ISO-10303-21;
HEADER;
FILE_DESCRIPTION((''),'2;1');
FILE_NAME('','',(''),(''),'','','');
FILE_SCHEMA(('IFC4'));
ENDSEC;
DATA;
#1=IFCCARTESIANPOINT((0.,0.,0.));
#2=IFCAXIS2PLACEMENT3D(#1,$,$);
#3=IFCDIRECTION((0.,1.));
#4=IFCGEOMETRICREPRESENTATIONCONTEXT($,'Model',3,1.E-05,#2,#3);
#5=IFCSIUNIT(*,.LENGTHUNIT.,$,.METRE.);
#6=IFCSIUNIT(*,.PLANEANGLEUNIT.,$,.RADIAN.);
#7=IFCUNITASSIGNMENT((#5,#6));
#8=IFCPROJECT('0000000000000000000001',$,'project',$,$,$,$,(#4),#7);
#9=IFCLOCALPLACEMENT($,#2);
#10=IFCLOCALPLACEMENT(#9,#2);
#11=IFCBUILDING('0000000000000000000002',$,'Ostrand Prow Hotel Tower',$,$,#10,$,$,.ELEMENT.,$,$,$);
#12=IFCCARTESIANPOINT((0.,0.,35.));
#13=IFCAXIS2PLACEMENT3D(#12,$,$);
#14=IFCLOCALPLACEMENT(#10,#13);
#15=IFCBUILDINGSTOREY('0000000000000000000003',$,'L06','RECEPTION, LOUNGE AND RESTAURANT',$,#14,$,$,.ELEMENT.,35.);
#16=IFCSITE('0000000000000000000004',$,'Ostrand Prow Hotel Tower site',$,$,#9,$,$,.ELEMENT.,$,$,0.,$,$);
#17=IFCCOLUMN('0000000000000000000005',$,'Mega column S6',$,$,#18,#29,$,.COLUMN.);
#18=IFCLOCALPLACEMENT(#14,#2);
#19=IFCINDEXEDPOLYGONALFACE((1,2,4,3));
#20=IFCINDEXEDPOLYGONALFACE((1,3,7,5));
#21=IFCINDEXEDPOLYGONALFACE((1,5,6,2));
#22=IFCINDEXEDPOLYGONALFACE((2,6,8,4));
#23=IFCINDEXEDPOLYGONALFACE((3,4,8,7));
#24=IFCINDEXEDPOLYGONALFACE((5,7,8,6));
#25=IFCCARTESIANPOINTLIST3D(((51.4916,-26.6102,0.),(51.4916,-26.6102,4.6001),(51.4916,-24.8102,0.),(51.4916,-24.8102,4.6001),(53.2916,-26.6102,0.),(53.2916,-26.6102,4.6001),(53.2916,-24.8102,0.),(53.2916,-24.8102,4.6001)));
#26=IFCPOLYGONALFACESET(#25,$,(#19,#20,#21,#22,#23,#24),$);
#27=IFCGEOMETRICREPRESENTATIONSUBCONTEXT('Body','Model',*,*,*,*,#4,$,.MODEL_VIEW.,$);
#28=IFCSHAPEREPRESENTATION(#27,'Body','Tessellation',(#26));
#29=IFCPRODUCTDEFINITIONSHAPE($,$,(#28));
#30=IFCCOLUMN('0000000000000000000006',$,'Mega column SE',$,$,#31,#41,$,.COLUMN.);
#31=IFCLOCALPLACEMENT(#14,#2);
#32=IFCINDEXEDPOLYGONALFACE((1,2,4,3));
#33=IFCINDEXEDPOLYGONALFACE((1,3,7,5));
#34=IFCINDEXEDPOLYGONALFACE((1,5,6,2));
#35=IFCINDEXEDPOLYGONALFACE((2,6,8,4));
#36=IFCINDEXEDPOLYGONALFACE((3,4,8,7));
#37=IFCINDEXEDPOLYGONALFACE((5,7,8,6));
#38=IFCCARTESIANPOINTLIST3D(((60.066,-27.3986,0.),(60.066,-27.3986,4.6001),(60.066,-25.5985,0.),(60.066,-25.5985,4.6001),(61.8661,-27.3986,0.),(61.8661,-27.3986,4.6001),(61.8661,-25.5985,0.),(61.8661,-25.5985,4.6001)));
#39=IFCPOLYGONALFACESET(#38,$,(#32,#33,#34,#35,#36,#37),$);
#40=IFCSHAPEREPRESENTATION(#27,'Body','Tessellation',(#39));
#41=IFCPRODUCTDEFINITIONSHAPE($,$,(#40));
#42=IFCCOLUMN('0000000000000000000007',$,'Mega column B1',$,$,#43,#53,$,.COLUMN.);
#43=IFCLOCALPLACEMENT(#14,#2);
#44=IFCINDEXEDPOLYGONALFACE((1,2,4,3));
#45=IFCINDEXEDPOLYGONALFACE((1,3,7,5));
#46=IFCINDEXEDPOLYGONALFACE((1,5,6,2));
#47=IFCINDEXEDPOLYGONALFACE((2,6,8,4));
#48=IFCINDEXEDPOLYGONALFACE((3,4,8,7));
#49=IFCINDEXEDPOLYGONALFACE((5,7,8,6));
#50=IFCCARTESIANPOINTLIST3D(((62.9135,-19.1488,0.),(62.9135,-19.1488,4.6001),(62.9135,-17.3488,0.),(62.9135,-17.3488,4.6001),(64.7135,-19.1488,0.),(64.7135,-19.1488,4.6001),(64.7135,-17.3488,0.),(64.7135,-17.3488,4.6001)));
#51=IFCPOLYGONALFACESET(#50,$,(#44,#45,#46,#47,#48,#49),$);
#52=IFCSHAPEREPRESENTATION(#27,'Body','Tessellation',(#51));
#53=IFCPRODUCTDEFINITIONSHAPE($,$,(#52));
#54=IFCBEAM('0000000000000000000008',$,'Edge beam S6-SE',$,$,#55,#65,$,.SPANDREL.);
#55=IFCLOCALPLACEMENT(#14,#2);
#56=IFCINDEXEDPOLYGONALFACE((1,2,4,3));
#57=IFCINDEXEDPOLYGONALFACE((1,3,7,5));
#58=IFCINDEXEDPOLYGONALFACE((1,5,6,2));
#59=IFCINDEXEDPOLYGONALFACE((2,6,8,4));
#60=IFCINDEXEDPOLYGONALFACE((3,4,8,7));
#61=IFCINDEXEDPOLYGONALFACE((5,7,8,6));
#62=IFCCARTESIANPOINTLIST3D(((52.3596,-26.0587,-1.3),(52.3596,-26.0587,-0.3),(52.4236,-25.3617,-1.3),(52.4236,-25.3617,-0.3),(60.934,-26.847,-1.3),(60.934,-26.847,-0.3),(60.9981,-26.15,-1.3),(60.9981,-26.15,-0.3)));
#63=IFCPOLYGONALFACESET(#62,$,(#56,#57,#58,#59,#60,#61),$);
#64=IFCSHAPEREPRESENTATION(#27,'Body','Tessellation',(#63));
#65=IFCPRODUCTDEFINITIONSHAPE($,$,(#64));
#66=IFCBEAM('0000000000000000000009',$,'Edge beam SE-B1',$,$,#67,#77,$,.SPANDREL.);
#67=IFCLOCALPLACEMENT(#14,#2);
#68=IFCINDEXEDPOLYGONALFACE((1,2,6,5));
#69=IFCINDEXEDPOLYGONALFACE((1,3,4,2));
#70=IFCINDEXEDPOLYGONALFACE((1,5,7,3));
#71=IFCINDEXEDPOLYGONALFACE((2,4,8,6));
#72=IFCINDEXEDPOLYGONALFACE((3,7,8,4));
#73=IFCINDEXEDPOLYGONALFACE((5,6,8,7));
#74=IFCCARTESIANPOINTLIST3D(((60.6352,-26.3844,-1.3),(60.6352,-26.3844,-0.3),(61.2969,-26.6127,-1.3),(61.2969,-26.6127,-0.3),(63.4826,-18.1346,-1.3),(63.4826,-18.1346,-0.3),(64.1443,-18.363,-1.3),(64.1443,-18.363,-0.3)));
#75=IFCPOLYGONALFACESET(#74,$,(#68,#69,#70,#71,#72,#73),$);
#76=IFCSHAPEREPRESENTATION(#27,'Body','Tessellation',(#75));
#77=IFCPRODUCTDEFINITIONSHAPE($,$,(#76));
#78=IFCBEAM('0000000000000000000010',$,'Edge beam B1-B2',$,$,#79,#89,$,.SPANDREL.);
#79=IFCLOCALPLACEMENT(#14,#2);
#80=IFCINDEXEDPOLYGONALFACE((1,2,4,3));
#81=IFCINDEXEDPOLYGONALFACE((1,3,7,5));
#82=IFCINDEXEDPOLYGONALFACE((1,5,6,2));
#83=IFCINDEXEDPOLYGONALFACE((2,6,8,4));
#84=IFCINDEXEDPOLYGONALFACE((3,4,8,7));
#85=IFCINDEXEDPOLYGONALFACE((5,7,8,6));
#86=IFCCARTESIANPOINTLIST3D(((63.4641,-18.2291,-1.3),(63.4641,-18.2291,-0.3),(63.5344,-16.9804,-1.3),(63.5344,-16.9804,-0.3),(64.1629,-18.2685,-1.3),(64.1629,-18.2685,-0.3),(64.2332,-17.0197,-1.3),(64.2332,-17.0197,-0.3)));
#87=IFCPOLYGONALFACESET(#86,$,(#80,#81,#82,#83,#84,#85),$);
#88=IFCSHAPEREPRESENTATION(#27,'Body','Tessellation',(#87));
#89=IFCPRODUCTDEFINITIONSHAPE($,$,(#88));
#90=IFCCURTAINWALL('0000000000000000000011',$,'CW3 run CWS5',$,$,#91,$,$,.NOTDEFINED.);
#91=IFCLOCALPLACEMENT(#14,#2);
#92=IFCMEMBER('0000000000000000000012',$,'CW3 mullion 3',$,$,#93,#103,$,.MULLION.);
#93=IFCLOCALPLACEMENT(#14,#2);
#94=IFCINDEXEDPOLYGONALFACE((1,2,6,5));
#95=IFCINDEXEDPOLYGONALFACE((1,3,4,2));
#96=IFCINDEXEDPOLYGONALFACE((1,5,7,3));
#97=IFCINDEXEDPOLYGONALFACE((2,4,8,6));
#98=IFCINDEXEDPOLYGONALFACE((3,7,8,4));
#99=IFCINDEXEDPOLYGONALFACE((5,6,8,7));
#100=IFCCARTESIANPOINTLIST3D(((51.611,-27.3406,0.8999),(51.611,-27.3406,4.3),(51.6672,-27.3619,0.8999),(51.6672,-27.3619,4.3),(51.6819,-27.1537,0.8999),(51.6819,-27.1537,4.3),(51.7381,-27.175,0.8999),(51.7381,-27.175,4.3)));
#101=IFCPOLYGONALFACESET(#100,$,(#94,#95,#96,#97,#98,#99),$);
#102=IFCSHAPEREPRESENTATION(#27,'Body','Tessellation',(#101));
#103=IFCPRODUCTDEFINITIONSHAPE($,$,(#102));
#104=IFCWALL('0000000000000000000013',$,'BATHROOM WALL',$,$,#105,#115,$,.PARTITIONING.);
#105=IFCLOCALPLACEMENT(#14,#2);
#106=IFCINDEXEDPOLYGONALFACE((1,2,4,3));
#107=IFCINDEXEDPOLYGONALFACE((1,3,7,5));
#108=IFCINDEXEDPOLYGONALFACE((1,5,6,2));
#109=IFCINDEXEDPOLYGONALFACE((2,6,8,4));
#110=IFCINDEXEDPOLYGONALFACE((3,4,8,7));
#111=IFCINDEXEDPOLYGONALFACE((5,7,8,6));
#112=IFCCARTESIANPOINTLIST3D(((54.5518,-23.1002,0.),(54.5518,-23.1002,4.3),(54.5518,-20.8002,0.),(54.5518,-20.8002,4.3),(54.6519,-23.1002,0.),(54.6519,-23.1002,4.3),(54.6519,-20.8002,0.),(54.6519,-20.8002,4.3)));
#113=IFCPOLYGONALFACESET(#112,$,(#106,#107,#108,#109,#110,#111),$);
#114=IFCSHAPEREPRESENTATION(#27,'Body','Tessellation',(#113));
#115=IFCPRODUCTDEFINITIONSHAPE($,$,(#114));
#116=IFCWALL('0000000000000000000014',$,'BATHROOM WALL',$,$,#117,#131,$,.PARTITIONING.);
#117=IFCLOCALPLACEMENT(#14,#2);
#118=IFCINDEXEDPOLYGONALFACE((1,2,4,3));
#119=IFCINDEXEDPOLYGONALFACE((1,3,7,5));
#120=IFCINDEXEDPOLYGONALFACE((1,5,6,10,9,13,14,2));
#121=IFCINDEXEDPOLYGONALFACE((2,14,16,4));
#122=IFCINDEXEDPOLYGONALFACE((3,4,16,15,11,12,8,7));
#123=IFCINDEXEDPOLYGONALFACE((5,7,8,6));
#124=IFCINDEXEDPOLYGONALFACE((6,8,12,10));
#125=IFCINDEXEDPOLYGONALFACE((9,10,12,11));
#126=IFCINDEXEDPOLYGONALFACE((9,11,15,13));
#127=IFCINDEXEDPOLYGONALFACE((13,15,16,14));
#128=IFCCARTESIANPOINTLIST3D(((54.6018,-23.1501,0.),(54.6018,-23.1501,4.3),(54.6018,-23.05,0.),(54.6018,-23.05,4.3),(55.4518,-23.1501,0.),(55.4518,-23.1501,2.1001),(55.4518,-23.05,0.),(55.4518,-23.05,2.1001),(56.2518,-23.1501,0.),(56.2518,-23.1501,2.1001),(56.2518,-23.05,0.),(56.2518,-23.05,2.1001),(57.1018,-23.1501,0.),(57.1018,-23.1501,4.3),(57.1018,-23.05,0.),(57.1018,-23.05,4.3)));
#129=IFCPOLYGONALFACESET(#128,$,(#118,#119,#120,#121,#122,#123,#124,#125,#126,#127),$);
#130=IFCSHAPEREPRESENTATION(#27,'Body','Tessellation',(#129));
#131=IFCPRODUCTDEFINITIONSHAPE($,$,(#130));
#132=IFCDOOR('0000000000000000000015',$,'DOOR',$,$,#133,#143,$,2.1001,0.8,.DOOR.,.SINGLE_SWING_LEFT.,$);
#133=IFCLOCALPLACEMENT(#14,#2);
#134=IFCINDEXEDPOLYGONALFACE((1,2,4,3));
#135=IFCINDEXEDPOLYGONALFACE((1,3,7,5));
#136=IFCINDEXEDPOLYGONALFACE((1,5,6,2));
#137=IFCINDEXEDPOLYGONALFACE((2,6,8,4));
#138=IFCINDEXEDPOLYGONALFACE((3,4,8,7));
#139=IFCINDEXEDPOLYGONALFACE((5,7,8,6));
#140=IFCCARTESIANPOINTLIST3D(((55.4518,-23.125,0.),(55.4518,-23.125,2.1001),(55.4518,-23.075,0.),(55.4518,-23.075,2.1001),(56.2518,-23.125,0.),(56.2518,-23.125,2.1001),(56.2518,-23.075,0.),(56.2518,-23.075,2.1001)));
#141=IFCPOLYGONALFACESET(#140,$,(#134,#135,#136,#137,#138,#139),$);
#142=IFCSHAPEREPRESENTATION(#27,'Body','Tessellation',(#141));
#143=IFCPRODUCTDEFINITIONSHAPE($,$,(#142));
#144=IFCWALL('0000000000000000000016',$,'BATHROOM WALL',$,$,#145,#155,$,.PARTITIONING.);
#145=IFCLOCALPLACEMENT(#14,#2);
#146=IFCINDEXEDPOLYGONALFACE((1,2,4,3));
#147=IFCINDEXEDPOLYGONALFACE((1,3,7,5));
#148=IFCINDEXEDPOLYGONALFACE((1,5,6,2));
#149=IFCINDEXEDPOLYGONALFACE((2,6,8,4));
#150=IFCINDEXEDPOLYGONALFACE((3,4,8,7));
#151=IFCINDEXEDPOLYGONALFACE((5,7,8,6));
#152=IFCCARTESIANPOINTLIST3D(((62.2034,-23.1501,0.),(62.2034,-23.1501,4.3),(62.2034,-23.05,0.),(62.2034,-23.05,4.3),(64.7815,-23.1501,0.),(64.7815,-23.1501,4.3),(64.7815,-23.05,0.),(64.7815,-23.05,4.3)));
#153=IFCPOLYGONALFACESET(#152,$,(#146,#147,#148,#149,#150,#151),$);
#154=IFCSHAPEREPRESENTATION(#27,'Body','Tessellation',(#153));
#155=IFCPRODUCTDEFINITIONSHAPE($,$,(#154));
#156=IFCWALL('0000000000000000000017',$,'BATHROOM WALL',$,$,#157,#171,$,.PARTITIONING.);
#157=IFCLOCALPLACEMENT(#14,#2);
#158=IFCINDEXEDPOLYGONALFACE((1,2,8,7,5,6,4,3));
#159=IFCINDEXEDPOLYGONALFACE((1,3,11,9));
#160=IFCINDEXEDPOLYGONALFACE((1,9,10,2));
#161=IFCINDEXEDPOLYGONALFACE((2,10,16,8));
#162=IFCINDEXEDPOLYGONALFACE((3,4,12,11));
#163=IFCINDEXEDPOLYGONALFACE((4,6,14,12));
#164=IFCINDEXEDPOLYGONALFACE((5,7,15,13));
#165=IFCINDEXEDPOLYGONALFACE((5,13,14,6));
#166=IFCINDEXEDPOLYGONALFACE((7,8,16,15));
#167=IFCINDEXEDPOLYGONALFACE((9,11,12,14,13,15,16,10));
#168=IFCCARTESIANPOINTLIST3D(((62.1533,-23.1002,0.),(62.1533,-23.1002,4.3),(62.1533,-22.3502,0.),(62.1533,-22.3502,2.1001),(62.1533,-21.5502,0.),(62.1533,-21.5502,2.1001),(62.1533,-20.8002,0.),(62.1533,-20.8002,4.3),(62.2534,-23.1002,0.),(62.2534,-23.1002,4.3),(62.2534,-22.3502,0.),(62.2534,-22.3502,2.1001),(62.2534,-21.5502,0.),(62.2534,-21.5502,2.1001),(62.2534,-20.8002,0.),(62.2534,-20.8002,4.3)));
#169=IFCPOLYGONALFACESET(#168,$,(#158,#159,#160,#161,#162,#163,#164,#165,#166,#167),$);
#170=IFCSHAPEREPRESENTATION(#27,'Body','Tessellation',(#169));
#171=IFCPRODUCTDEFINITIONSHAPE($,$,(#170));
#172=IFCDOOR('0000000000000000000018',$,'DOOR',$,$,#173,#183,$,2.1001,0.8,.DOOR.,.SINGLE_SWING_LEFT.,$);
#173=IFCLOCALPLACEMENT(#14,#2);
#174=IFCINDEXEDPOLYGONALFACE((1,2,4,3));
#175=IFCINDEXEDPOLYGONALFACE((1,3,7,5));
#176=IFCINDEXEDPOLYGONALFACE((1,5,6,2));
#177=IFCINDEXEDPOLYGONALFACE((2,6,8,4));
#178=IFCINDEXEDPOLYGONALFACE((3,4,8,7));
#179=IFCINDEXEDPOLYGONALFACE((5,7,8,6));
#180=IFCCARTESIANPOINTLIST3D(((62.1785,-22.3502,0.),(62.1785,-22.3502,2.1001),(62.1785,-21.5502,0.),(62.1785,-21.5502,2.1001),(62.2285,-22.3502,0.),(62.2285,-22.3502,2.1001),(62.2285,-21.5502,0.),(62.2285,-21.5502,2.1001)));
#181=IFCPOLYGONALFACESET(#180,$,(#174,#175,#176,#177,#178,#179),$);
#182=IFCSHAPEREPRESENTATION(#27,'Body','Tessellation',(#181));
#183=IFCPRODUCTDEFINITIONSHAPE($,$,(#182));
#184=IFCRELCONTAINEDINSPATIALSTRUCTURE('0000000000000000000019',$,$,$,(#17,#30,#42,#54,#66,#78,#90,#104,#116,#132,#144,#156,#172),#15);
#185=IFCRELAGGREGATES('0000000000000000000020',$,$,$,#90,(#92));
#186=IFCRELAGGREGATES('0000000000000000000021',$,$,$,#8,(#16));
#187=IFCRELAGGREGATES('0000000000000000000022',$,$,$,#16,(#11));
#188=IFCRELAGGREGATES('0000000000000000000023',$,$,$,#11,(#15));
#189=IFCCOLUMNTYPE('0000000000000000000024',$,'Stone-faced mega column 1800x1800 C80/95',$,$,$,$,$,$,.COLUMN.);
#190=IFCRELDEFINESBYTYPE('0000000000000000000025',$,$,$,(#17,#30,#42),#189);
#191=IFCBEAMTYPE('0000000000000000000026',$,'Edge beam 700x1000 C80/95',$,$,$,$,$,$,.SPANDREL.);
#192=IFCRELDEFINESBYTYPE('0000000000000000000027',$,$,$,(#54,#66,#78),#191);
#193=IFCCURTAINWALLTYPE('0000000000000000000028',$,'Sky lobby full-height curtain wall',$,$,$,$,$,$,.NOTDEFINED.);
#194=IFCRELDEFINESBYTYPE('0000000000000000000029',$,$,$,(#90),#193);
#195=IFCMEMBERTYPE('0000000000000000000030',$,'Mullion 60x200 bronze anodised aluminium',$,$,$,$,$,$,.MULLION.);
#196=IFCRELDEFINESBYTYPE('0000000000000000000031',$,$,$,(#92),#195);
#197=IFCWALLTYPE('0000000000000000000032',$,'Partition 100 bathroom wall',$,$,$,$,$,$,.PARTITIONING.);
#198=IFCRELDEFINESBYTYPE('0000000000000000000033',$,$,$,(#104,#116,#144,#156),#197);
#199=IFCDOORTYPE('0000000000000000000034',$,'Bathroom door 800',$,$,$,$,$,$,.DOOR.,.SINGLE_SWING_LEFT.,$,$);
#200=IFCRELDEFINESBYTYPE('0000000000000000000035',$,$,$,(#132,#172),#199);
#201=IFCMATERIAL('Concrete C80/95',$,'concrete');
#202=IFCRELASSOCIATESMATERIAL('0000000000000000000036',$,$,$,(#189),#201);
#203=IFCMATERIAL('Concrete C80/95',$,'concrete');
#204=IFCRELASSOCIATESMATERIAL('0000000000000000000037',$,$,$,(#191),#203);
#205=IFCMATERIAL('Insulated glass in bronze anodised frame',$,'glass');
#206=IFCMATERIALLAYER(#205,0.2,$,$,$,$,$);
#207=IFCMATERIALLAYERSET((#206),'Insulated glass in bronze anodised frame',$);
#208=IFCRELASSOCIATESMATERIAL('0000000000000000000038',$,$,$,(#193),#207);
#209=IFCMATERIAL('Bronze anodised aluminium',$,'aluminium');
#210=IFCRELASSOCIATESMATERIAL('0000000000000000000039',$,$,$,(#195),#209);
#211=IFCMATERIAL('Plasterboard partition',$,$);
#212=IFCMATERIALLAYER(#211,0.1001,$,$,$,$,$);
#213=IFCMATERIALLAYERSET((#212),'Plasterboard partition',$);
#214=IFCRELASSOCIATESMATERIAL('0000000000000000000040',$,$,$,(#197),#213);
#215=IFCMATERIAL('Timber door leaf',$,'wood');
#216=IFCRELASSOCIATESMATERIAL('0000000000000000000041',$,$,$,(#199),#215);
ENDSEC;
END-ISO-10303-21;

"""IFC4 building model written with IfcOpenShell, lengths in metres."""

from ifc_helpers import new_model, si_unit, direction, frame, frame_2d, origin, origin_2d, place, context, subcontext, project, spatial, rectangle, extrude, material, layer, layer_set, material_profile, profile_set, type_object, element, fill, aggregate, save


model = new_model("IFC4")

# Units and contexts
model_context = context("Model", 3, precision=1e-05, world=origin(), true_north=direction((0.0, 1.0)))
body_context = subcontext(model_context, "Body", "Model", "MODEL_VIEW")
ifc_project = project(units=[si_unit("LENGTHUNIT", "METRE"), si_unit("PLANEANGLEUNIT", "RADIAN")], contexts=[model_context])

# Site, building, storey
site_placement = place(None, origin())
site = spatial("IfcSite", under=ifc_project, at=site_placement, Name="Ostrand Prow Hotel Tower site", CompositionType="ELEMENT", RefElevation=0.0)
building_placement = place(site_placement, origin())
building = spatial("IfcBuilding", under=site, at=building_placement, Name="Ostrand Prow Hotel Tower", CompositionType="ELEMENT")
storey_placement = place(building_placement, frame((0.0, 0.0, 35.0)))
storey = spatial("IfcBuildingStorey", under=building, at=storey_placement, Name="L06", Description="RECEPTION, LOUNGE AND RESTAURANT", CompositionType="ELEMENT", Elevation=35.0)

# Columns
ifc_material_1 = material(Name="Concrete C80/95", Category="concrete")
ifc_material_profile_1 = material_profile(ifc_material_1, rectangle(XDim=1.8, YDim=1.8, at=origin_2d()), Name="RC 1800x1800")
ifc_profile_set_1 = profile_set([ifc_material_profile_1], Name="Concrete C80/95")
column_type = type_object("IfcColumnType", Name="Stone-faced mega column 1800x1800 C80/95", PredefinedType="COLUMN", material=ifc_profile_set_1)
for number, where, z_axis, x_axis, name in (
    (1, (52.3916, -25.7102, 0.0), (0.0, 0.0, 1.0), (1.0, 0.0, 0.0), "Mega column S6"),
    (2, (60.9661, -26.4985, 0.0), (0.0, 0.0, 1.0), (1.0, 0.0, 0.0), "Mega column SE"),
    (3, (63.8135, -18.2488, 0.0), (0.0, 0.0, 1.0), (1.0, 0.0, 0.0), "Mega column B1"),
):
    element("IfcColumn", number, at=place(storey_placement, frame(where, z_axis=z_axis, x_axis=x_axis)), inside=storey, type_object=column_type, Name=name, PredefinedType="COLUMN", context=body_context, shape_type="SweptSolid", body=[
        extrude(rectangle(XDim=1.8, YDim=1.8, at=origin_2d()), origin(), (0.0, 0.0, 1.0), 4.6001),
    ])

# Beams
ifc_material_2 = material(Name="Concrete C80/95", Category="concrete")
ifc_material_profile_2 = material_profile(ifc_material_2, rectangle(XDim=0.7, YDim=1.0, at=origin_2d()), Name="RC 700x1000")
ifc_profile_set_2 = profile_set([ifc_material_profile_2], Name="Concrete C80/95")
beam_type = type_object("IfcBeamType", Name="Edge beam 700x1000 C80/95", PredefinedType="SPANDREL", material=ifc_profile_set_2)
beam_1_placement = place(storey_placement, frame((52.3916, -25.7102, -0.8), z_axis=(0.9958, -0.091553, 0.0), x_axis=(0.091553, 0.9958, 0.0)))
element("IfcBeam", 4, at=beam_1_placement, inside=storey, type_object=beam_type, Name="Edge beam S6-SE", PredefinedType="SPANDREL", context=body_context, shape_type="SweptSolid", body=[
    extrude(rectangle(XDim=0.7, YDim=1.0, at=origin_2d()), origin(), (0.0, 0.0, 1.0), 8.6106),
])
beam_2_placement = place(storey_placement, frame((60.9661, -26.4985, -0.8), z_axis=(0.326264, 0.945279, 0.0), x_axis=(-0.945279, 0.326264, 0.0)))
element("IfcBeam", 5, at=beam_2_placement, inside=storey, type_object=beam_type, Name="Edge beam SE-B1", PredefinedType="SPANDREL", context=body_context, shape_type="SweptSolid", body=[
    extrude(rectangle(XDim=0.7, YDim=1.0, at=origin_2d()), origin(), (0.0, 0.0, 1.0), 8.7273),
])
beam_3_placement = place(storey_placement, frame((63.8135, -18.2488, -0.8), z_axis=(0.056216, 0.998419, 0.0), x_axis=(-0.998419, 0.056216, 0.0)))
element("IfcBeam", 6, at=beam_3_placement, inside=storey, type_object=beam_type, Name="Edge beam B1-B2", PredefinedType="SPANDREL", context=body_context, shape_type="SweptSolid", body=[
    extrude(rectangle(XDim=0.7, YDim=1.0, at=origin_2d()), origin(), (0.0, 0.0, 1.0), 1.2507),
])

# Curtain wall, member
ifc_material_3 = material(Name="Insulated glass in bronze anodised frame", Category="glass")
ifc_layer_1 = layer(ifc_material_3, 0.2)
ifc_layer_set_1 = layer_set([ifc_layer_1], Name="Insulated glass in bronze anodised frame")
curtain_wall_type = type_object("IfcCurtainWallType", Name="Sky lobby full-height curtain wall", PredefinedType="NOTDEFINED", material=ifc_layer_set_1)
curtain_wall_placement = place(storey_placement, origin())
curtain_wall = element("IfcCurtainWall", 7, at=curtain_wall_placement, inside=storey, type_object=curtain_wall_type, Name="CW3 run CWS5", PredefinedType="NOTDEFINED")
ifc_material_4 = material(Name="Bronze anodised aluminium", Category="aluminium")
ifc_material_profile_3 = material_profile(ifc_material_4, rectangle(XDim=0.2, YDim=0.0601, at=origin_2d()), Name="Mullion 60x200 bronze anodised aluminium")
ifc_profile_set_3 = profile_set([ifc_material_profile_3], Name="Bronze anodised aluminium")
member_type = type_object("IfcMemberType", Name="Mullion 60x200 bronze anodised aluminium", PredefinedType="MULLION", material=ifc_profile_set_3)
member_placement = place(storey_placement, frame((51.6746, -27.2578, 0.8999), z_axis=(0.0, 0.0, 1.0), x_axis=(0.354728, 0.934969, 0.0)))
member = element("IfcMember", 8, at=member_placement, type_object=member_type, Name="CW3 mullion 3", PredefinedType="MULLION", context=body_context, shape_type="SweptSolid", body=[
    extrude(rectangle(XDim=0.2, YDim=0.0601, at=origin_2d()), origin(), (0.0, 0.0, 1.0), 3.4001),
])
aggregate(curtain_wall, [member])

# Wall
ifc_material_5 = material(Name="Plasterboard partition")
ifc_layer_2 = layer(ifc_material_5, 0.1001)
ifc_layer_set_2 = layer_set([ifc_layer_2], Name="Plasterboard partition")
wall_type_1 = type_object("IfcWallType", Name="Partition 100 bathroom wall", PredefinedType="PARTITIONING", material=ifc_layer_set_2)
wall_1_placement = place(storey_placement, frame((54.6018, -23.1001, 0.0), z_axis=(0.0, 0.0, 1.0), x_axis=(0.0, 1.0, 0.0)))
element("IfcWall", 9, at=wall_1_placement, inside=storey, type_object=wall_type_1, Name="BATHROOM WALL", PredefinedType="PARTITIONING", context=body_context, shape_type="SweptSolid", body=[
    extrude(rectangle(XDim=2.3, YDim=0.1001, at=frame_2d((1.1499, 0.0))), origin(), (0.0, 0.0, 1.0), 4.3),
])

# Wall, opening, door
wall_2_placement = place(storey_placement, frame((57.1018, -23.1001, 0.0), z_axis=(0.0, 0.0, 1.0), x_axis=(-1.0, 0.0, 0.0)))
wall_2 = element("IfcWall", 10, at=wall_2_placement, inside=storey, type_object=wall_type_1, Name="BATHROOM WALL", PredefinedType="PARTITIONING", context=body_context, shape_type="SweptSolid", body=[
    extrude(rectangle(XDim=2.5, YDim=0.1001, at=frame_2d((1.25, 0.0))), origin(), (0.0, 0.0, 1.0), 4.3),
])
opening_1_placement = place(wall_2_placement, frame((0.8501, 0.0, 0.0)))
opening_1 = element("IfcOpeningElement", 11, at=opening_1_placement, cuts=wall_2, PredefinedType="OPENING", context=body_context, shape_type="SweptSolid", body=[
    extrude(rectangle(XDim=0.8, YDim=2.1001, at=frame_2d((0.3999, 1.05))), frame((0.0, 0.0601, 0.0), z_axis=(0.0, -1.0, 0.0), x_axis=(1.0, 0.0, 0.0)), (0.0, 0.0, 1.0), 0.1201),
])
ifc_material_6 = material(Name="Timber door leaf", Category="wood")
door_type_1 = type_object("IfcDoorType", Name="Bathroom door 800", OperationType="SINGLE_SWING_LEFT", PredefinedType="DOOR", material=ifc_material_6)
door_1_placement = place(opening_1_placement, origin())
door_1 = element("IfcDoor", 12, at=door_1_placement, inside=storey, type_object=door_type_1, Name="DOOR", OperationType="SINGLE_SWING_LEFT", OverallHeight=2.1001, OverallWidth=0.8, PredefinedType="DOOR", context=body_context, shape_type="SweptSolid", body=[
    extrude(rectangle(XDim=0.8, YDim=2.1001, at=frame_2d((0.3999, 1.05))), frame((0.0, 0.0249, 0.0), z_axis=(0.0, -1.0, 0.0), x_axis=(1.0, 0.0, 0.0)), (0.0, 0.0, 1.0), 0.05),
])
fill(opening_1, door_1)

# Wall
wall_3_placement = place(storey_placement, frame((64.7815, -23.1001, 0.0), z_axis=(0.0, 0.0, 1.0), x_axis=(-1.0, 0.0, 0.0)))
element("IfcWall", 13, at=wall_3_placement, inside=storey, type_object=wall_type_1, Name="BATHROOM WALL", PredefinedType="PARTITIONING", context=body_context, shape_type="SweptSolid", body=[
    extrude(rectangle(XDim=2.5781, YDim=0.1001, at=frame_2d((1.2891, 0.0))), origin(), (0.0, 0.0, 1.0), 4.3),
])

# Wall, opening, door
wall_4_placement = place(storey_placement, frame((62.2034, -23.1001, 0.0), z_axis=(0.0, 0.0, 1.0), x_axis=(0.0, 1.0, 0.0)))
wall_4 = element("IfcWall", 14, at=wall_4_placement, inside=storey, type_object=wall_type_1, Name="BATHROOM WALL", PredefinedType="PARTITIONING", context=body_context, shape_type="SweptSolid", body=[
    extrude(rectangle(XDim=2.3, YDim=0.1001, at=frame_2d((1.1499, 0.0))), origin(), (0.0, 0.0, 1.0), 4.3),
])
opening_2_placement = place(wall_4_placement, frame((0.75, 0.0, 0.0)))
opening_2 = element("IfcOpeningElement", 15, at=opening_2_placement, cuts=wall_4, PredefinedType="OPENING", context=body_context, shape_type="SweptSolid", body=[
    extrude(rectangle(XDim=0.8, YDim=2.1001, at=frame_2d((0.3999, 1.05))), frame((0.0, 0.0601, 0.0), z_axis=(0.0, -1.0, 0.0), x_axis=(1.0, 0.0, 0.0)), (0.0, 0.0, 1.0), 0.1201),
])
door_2_placement = place(opening_2_placement, origin())
door_2 = element("IfcDoor", 16, at=door_2_placement, inside=storey, type_object=door_type_1, Name="DOOR", OperationType="SINGLE_SWING_LEFT", OverallHeight=2.1001, OverallWidth=0.8, PredefinedType="DOOR", context=body_context, shape_type="SweptSolid", body=[
    extrude(rectangle(XDim=0.8, YDim=2.1001, at=frame_2d((0.3999, 1.05))), frame((0.0, 0.0249, 0.0), z_axis=(0.0, -1.0, 0.0), x_axis=(1.0, 0.0, 0.0)), (0.0, 0.0, 1.0), 0.05),
])
fill(opening_2, door_2)

save(model, "model.ifc")
